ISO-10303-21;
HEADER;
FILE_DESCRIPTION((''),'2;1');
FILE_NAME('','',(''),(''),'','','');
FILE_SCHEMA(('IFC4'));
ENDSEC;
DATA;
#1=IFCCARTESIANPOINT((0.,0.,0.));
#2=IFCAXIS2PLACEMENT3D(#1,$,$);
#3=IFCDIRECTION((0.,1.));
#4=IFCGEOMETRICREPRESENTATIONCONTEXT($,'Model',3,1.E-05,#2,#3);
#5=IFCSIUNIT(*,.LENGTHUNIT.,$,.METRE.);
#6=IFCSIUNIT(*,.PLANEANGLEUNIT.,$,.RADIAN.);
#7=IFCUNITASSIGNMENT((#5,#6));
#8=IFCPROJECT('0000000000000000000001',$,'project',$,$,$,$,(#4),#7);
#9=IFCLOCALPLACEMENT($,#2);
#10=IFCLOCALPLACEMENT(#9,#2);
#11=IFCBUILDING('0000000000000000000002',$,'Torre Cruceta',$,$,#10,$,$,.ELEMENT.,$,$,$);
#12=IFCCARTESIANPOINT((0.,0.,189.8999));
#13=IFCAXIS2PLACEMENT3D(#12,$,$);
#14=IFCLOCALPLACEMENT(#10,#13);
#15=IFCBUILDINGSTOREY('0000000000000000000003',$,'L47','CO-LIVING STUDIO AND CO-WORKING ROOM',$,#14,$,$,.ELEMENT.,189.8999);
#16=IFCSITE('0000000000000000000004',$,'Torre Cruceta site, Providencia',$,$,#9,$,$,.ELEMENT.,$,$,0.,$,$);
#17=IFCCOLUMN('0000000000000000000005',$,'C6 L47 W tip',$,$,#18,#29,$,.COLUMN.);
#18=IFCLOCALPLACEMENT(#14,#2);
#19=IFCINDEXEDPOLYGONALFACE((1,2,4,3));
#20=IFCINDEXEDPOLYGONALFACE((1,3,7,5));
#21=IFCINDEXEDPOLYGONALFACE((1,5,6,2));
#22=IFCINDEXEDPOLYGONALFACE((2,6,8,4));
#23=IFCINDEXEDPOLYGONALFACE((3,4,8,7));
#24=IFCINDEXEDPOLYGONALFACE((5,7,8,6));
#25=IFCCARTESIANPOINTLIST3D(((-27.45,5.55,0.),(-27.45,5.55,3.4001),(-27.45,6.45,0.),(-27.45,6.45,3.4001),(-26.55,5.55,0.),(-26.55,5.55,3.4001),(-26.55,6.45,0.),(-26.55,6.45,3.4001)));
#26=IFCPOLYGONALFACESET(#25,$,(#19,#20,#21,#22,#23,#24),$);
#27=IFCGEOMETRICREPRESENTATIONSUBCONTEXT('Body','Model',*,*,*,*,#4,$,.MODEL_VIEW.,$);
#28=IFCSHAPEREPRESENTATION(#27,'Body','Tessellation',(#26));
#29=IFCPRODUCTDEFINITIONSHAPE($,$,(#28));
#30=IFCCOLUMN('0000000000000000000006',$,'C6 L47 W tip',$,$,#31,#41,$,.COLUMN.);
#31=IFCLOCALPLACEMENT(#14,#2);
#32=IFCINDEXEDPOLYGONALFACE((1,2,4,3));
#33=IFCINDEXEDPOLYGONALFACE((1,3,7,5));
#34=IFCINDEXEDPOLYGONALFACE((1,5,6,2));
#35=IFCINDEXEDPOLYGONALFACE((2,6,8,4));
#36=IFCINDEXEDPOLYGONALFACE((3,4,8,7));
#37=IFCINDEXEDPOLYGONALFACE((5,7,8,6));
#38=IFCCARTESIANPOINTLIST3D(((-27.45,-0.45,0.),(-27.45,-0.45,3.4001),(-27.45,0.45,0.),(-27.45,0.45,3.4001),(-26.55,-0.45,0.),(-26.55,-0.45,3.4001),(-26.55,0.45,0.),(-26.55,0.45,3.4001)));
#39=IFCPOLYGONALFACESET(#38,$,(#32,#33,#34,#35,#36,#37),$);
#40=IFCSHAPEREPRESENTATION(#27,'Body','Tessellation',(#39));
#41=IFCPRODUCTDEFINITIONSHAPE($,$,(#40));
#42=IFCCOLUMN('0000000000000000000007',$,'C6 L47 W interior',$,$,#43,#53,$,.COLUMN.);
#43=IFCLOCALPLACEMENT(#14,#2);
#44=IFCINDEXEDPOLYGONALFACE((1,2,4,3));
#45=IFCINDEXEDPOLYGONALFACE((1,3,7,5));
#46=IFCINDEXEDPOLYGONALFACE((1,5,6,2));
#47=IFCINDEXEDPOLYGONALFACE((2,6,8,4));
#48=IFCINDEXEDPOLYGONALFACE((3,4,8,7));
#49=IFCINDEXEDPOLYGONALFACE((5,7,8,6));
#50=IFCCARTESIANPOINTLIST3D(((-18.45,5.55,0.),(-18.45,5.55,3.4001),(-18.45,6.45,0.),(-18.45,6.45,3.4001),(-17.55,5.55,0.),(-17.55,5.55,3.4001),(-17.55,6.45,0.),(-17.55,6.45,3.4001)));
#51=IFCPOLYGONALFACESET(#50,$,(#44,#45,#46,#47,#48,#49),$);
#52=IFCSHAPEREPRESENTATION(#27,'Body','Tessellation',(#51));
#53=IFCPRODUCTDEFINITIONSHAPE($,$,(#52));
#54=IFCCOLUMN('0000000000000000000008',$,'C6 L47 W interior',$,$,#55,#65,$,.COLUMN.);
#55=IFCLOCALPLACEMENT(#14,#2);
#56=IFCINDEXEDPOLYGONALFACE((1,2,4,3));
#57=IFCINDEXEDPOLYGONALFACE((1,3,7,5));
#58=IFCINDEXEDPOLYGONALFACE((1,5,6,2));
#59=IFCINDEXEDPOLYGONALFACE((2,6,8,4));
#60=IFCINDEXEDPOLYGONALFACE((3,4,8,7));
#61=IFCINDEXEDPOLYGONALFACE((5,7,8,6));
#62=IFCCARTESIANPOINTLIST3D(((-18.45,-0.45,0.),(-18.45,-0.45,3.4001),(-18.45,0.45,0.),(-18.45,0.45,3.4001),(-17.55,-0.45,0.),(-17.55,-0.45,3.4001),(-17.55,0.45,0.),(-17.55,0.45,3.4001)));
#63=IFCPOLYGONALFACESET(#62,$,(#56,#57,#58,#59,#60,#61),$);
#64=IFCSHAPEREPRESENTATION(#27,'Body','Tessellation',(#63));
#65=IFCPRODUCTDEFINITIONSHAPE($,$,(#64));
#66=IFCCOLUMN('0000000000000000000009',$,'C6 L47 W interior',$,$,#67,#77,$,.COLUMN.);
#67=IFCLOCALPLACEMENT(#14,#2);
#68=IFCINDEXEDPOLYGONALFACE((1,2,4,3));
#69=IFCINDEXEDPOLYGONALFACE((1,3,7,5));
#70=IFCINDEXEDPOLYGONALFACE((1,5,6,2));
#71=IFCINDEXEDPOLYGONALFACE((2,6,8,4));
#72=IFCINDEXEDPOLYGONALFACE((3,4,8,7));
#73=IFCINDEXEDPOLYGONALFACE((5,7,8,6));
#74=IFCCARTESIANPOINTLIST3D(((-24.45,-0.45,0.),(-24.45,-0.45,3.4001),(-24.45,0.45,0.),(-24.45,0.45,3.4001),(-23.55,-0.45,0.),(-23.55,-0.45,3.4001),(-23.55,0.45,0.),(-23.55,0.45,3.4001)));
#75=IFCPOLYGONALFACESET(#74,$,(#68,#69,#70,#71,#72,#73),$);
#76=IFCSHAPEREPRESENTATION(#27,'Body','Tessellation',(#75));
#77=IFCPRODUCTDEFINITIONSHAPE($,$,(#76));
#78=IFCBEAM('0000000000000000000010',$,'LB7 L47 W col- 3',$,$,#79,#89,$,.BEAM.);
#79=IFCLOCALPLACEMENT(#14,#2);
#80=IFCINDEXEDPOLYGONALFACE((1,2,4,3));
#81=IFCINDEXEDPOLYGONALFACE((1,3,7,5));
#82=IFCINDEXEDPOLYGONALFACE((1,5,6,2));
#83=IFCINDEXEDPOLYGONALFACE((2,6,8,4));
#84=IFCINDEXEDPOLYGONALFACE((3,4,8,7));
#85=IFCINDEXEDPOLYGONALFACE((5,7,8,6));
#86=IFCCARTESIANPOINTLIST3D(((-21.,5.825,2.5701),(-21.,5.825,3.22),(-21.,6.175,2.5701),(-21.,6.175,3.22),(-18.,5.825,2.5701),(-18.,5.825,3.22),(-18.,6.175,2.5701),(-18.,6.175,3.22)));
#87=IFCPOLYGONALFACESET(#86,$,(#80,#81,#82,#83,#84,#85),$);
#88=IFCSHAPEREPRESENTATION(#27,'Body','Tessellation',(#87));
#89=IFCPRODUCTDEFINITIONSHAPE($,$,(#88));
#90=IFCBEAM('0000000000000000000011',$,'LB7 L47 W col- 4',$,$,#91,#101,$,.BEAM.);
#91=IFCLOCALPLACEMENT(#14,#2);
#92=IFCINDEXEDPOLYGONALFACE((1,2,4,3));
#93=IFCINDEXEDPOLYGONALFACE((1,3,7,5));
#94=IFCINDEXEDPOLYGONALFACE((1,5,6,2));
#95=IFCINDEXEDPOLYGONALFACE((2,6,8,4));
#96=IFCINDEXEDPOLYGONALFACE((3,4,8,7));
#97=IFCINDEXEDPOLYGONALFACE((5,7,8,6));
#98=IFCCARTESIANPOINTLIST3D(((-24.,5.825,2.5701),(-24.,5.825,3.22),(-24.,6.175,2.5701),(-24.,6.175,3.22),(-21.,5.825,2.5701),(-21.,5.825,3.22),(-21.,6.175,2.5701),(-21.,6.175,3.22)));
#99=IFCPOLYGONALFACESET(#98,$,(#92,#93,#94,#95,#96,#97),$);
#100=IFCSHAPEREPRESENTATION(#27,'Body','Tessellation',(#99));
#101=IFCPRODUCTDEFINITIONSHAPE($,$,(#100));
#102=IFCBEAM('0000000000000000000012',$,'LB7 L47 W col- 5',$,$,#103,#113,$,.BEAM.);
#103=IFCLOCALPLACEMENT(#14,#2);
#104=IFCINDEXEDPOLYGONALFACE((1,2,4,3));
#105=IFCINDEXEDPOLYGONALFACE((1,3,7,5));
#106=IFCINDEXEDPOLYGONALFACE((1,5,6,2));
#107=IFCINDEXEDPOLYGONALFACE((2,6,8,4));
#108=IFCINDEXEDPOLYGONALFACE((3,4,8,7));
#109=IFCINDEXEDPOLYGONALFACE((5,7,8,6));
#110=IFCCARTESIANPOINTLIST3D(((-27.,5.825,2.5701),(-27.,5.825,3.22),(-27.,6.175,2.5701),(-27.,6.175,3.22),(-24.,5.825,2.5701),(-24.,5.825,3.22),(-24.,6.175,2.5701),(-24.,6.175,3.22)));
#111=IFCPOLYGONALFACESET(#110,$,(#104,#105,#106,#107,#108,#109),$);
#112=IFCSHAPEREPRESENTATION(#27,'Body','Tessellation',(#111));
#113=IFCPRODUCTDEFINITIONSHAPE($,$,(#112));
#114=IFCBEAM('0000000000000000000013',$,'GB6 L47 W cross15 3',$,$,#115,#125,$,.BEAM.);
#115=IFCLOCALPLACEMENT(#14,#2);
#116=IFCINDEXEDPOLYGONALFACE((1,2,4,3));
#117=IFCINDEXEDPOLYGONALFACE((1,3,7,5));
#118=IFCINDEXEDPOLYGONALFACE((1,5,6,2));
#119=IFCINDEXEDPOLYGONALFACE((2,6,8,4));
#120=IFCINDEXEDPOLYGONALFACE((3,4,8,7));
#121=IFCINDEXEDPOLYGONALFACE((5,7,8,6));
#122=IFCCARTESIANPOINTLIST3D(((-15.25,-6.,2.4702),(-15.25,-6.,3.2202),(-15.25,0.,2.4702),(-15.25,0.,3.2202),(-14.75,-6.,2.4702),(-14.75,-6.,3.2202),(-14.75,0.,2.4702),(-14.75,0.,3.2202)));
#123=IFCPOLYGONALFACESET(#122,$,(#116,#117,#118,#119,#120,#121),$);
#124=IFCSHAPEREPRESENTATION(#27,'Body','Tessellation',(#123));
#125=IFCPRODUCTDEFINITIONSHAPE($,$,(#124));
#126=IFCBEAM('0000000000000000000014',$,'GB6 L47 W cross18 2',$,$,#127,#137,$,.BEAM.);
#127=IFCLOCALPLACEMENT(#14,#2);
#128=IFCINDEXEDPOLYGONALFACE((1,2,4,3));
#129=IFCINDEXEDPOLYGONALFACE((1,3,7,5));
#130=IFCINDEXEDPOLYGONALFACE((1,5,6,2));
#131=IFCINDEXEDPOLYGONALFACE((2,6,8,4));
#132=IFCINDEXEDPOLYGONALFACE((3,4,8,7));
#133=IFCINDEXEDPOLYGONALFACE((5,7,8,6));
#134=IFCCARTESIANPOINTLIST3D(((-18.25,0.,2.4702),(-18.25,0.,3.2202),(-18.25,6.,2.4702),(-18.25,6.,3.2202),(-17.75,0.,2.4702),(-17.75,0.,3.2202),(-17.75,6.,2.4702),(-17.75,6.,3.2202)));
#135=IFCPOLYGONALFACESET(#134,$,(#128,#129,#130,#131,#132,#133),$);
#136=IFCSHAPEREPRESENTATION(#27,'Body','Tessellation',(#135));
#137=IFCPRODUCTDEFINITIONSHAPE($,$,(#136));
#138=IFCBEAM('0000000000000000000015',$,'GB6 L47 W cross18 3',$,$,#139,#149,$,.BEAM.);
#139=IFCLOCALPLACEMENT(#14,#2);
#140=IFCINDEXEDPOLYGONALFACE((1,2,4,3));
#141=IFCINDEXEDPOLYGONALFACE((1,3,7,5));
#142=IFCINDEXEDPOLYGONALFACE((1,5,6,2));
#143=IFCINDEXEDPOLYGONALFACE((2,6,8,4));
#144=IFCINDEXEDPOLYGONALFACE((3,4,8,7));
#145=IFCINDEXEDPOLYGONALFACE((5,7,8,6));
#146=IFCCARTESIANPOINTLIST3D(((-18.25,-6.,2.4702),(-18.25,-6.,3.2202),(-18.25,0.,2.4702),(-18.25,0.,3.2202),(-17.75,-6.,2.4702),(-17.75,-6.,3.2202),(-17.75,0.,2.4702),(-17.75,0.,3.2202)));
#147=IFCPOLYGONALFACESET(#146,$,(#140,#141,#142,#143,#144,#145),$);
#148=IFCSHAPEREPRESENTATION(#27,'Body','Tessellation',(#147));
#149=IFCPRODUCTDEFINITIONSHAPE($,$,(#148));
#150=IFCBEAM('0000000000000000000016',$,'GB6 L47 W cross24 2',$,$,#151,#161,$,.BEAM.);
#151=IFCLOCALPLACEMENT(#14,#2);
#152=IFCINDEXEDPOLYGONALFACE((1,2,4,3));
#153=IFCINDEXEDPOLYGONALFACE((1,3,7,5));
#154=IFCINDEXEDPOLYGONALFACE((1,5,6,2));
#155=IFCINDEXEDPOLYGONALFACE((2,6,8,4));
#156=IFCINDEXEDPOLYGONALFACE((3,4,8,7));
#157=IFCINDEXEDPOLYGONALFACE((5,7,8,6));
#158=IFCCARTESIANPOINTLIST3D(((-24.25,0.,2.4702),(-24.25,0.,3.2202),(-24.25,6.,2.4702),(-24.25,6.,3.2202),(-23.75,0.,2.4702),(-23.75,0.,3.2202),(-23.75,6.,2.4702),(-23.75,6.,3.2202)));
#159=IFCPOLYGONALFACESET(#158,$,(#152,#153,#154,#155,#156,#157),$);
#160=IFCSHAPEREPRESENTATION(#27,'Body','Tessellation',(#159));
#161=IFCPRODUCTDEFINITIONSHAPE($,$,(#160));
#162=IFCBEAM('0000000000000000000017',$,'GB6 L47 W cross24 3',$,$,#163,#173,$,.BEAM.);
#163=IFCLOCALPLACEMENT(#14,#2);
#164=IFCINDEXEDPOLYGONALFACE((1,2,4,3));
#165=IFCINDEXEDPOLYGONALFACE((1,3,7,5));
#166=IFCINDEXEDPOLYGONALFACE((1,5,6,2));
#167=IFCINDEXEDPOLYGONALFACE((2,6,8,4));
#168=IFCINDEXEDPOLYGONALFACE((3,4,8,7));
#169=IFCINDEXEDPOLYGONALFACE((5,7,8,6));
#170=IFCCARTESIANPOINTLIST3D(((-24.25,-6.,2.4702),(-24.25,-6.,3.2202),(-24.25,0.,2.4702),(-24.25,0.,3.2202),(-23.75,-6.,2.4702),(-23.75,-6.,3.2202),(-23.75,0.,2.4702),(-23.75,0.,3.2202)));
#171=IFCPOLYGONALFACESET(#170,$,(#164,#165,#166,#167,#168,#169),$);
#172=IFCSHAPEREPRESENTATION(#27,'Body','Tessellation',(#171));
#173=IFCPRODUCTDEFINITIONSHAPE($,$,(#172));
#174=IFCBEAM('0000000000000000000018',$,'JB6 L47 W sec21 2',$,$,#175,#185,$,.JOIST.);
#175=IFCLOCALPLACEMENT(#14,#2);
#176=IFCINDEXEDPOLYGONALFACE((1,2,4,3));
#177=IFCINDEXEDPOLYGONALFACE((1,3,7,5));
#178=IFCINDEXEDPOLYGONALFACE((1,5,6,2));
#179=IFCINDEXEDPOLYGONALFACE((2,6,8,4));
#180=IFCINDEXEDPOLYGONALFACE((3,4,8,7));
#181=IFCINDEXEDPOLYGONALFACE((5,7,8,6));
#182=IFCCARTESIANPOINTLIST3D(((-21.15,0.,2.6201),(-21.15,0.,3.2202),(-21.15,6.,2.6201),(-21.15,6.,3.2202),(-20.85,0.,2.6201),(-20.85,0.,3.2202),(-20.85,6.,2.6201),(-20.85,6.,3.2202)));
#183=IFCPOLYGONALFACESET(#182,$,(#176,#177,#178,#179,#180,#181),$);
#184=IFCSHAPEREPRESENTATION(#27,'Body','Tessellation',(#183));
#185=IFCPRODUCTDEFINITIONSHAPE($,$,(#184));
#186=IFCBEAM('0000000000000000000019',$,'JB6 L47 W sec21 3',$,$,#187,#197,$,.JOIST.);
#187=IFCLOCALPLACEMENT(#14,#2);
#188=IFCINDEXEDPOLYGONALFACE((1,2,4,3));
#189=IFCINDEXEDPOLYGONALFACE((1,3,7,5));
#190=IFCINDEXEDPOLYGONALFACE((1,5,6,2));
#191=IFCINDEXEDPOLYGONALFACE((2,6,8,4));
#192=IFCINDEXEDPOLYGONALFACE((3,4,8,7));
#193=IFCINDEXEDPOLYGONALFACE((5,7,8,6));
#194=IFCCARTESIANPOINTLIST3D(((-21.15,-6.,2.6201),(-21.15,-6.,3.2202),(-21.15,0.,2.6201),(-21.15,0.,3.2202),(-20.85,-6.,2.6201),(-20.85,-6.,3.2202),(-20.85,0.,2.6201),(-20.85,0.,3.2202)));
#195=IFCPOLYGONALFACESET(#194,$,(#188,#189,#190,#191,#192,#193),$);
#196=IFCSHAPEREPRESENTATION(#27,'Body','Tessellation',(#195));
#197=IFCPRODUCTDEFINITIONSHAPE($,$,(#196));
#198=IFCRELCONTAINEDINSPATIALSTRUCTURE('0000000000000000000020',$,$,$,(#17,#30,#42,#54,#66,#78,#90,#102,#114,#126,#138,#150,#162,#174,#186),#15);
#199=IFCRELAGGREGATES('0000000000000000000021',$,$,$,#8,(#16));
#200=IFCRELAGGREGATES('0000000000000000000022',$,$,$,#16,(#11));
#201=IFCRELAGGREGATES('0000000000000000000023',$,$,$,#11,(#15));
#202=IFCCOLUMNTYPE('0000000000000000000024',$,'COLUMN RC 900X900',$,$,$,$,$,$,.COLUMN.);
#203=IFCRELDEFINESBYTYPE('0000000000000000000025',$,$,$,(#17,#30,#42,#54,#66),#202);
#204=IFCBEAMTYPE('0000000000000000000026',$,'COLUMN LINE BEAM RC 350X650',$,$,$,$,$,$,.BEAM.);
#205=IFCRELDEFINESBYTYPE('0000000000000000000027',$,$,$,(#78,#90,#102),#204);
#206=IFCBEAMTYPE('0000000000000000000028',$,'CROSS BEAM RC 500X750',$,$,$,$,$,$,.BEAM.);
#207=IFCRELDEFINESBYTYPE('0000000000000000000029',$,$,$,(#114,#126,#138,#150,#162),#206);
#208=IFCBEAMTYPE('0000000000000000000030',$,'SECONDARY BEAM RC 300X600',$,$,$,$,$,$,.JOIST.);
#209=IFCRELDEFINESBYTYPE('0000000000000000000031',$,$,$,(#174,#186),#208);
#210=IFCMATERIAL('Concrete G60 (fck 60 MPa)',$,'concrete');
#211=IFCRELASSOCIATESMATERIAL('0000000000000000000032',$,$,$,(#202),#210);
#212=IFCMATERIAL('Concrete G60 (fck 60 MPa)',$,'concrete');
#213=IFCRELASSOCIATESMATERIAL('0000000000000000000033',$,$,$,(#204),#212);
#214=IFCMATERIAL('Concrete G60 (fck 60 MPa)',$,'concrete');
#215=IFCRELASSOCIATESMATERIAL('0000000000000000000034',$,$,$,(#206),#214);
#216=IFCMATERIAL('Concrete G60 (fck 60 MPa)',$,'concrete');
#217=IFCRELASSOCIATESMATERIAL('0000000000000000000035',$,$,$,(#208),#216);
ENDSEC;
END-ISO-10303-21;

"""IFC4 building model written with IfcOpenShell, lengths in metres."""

from ifc_helpers import new_model, si_unit, direction, frame, origin, origin_2d, place, context, subcontext, project, spatial, rectangle, extrude, material, material_profile, profile_set, type_object, element, save


model = new_model("IFC4")

# Units and contexts
model_context = context("Model", 3, precision=1e-05, world=origin(), true_north=direction((0.0, 1.0)))
body_context = subcontext(model_context, "Body", "Model", "MODEL_VIEW")
ifc_project = project(units=[si_unit("LENGTHUNIT", "METRE"), si_unit("PLANEANGLEUNIT", "RADIAN")], contexts=[model_context])

# Site, building, storey
site_placement = place(None, origin())
site = spatial("IfcSite", under=ifc_project, at=site_placement, Name="Torre Cruceta site, Providencia", CompositionType="ELEMENT", RefElevation=0.0)
building_placement = place(site_placement, origin())
building = spatial("IfcBuilding", under=site, at=building_placement, Name="Torre Cruceta", CompositionType="ELEMENT")
storey_placement = place(building_placement, frame((0.0, 0.0, 189.8999)))
storey = spatial("IfcBuildingStorey", under=building, at=storey_placement, Name="L47", Description="CO-LIVING STUDIO AND CO-WORKING ROOM", CompositionType="ELEMENT", Elevation=189.8999)

# Columns
ifc_material_1 = material(Name="Concrete G60 (fck 60 MPa)", Category="concrete")
ifc_material_profile_1 = material_profile(ifc_material_1, rectangle(XDim=0.8999, YDim=0.8999, at=origin_2d()), Name="RC 900X900")
ifc_profile_set_1 = profile_set([ifc_material_profile_1], Name="Concrete G60 (fck 60 MPa)")
column_type = type_object("IfcColumnType", Name="COLUMN RC 900X900", PredefinedType="COLUMN", material=ifc_profile_set_1)
for number, where, z_axis, x_axis, name in (
    (1, (-27.0, 6.0, 0.0), (0.0, 0.0, 1.0), (1.0, 0.0, 0.0), "C6 L47 W tip"),
    (2, (-27.0, 0.0, 0.0), (0.0, 0.0, 1.0), (1.0, 0.0, 0.0), "C6 L47 W tip"),
    (3, (-18.0, 6.0, 0.0), (0.0, 0.0, 1.0), (1.0, 0.0, 0.0), "C6 L47 W interior"),
    (4, (-18.0, 0.0, 0.0), (0.0, 0.0, 1.0), (1.0, 0.0, 0.0), "C6 L47 W interior"),
    (5, (-24.0, 0.0, 0.0), (0.0, 0.0, 1.0), (1.0, 0.0, 0.0), "C6 L47 W interior"),
):
    element("IfcColumn", number, at=place(storey_placement, frame(where, z_axis=z_axis, x_axis=x_axis)), inside=storey, type_object=column_type, Name=name, PredefinedType="COLUMN", context=body_context, shape_type="SweptSolid", body=[
        extrude(rectangle(XDim=0.8999, YDim=0.8999, at=origin_2d()), origin(), (0.0, 0.0, 1.0), 3.4001),
    ])

# Beams
ifc_material_2 = material(Name="Concrete G60 (fck 60 MPa)", Category="concrete")
ifc_material_profile_2 = material_profile(ifc_material_2, rectangle(XDim=0.3501, YDim=0.6499, at=origin_2d()), Name="RC 350X650")
ifc_profile_set_2 = profile_set([ifc_material_profile_2], Name="Concrete G60 (fck 60 MPa)")
beam_type_1 = type_object("IfcBeamType", Name="COLUMN LINE BEAM RC 350X650", PredefinedType="BEAM", material=ifc_profile_set_2)
for number, where, z_axis, x_axis, name in (
    (6, (-18.0, 6.0, 2.895), (-1.0, 0.0, 0.0), (0.0, -1.0, 0.0), "LB7 L47 W col- 3"),
    (7, (-21.0, 6.0, 2.895), (-1.0, 0.0, 0.0), (0.0, -1.0, 0.0), "LB7 L47 W col- 4"),
    (8, (-24.0, 6.0, 2.895), (-1.0, 0.0, 0.0), (0.0, -1.0, 0.0), "LB7 L47 W col- 5"),
):
    element("IfcBeam", number, at=place(storey_placement, frame(where, z_axis=z_axis, x_axis=x_axis)), inside=storey, type_object=beam_type_1, Name=name, PredefinedType="BEAM", context=body_context, shape_type="SweptSolid", body=[
        extrude(rectangle(XDim=0.3501, YDim=0.6499, at=origin_2d()), origin(), (0.0, 0.0, 1.0), 3.0),
    ])
ifc_material_3 = material(Name="Concrete G60 (fck 60 MPa)", Category="concrete")
ifc_material_profile_3 = material_profile(ifc_material_3, rectangle(XDim=0.5, YDim=0.75, at=origin_2d()), Name="RC 500X750")
ifc_profile_set_3 = profile_set([ifc_material_profile_3], Name="Concrete G60 (fck 60 MPa)")
beam_type_2 = type_object("IfcBeamType", Name="CROSS BEAM RC 500X750", PredefinedType="BEAM", material=ifc_profile_set_3)
for number, where, z_axis, x_axis, name in (
    (9, (-15.0, 0.0, 2.8452), (0.0, -1.0, 0.0), (1.0, 0.0, 0.0), "GB6 L47 W cross15 3"),
    (10, (-18.0, 6.0, 2.8452), (0.0, -1.0, 0.0), (1.0, 0.0, 0.0), "GB6 L47 W cross18 2"),
    (11, (-18.0, 0.0, 2.8452), (0.0, -1.0, 0.0), (1.0, 0.0, 0.0), "GB6 L47 W cross18 3"),
    (12, (-24.0, 6.0, 2.8452), (0.0, -1.0, 0.0), (1.0, 0.0, 0.0), "GB6 L47 W cross24 2"),
    (13, (-24.0, 0.0, 2.8452), (0.0, -1.0, 0.0), (1.0, 0.0, 0.0), "GB6 L47 W cross24 3"),
):
    element("IfcBeam", number, at=place(storey_placement, frame(where, z_axis=z_axis, x_axis=x_axis)), inside=storey, type_object=beam_type_2, Name=name, PredefinedType="BEAM", context=body_context, shape_type="SweptSolid", body=[
        extrude(rectangle(XDim=0.5, YDim=0.75, at=origin_2d()), origin(), (0.0, 0.0, 1.0), 6.0),
    ])
ifc_material_4 = material(Name="Concrete G60 (fck 60 MPa)", Category="concrete")
ifc_material_profile_4 = material_profile(ifc_material_4, rectangle(XDim=0.3, YDim=0.6001, at=origin_2d()), Name="RC 300X600")
ifc_profile_set_4 = profile_set([ifc_material_profile_4], Name="Concrete G60 (fck 60 MPa)")
beam_type_3 = type_object("IfcBeamType", Name="SECONDARY BEAM RC 300X600", PredefinedType="JOIST", material=ifc_profile_set_4)
for number, where, z_axis, x_axis, name in (
    (14, (-21.0, 6.0, 2.9202), (0.0, -1.0, 0.0), (1.0, 0.0, 0.0), "JB6 L47 W sec21 2"),
    (15, (-21.0, 0.0, 2.9202), (0.0, -1.0, 0.0), (1.0, 0.0, 0.0), "JB6 L47 W sec21 3"),
):
    element("IfcBeam", number, at=place(storey_placement, frame(where, z_axis=z_axis, x_axis=x_axis)), inside=storey, type_object=beam_type_3, Name=name, PredefinedType="JOIST", context=body_context, shape_type="SweptSolid", body=[
        extrude(rectangle(XDim=0.3, YDim=0.6001, at=origin_2d()), origin(), (0.0, 0.0, 1.0), 6.0),
    ])

save(model, "model.ifc")
